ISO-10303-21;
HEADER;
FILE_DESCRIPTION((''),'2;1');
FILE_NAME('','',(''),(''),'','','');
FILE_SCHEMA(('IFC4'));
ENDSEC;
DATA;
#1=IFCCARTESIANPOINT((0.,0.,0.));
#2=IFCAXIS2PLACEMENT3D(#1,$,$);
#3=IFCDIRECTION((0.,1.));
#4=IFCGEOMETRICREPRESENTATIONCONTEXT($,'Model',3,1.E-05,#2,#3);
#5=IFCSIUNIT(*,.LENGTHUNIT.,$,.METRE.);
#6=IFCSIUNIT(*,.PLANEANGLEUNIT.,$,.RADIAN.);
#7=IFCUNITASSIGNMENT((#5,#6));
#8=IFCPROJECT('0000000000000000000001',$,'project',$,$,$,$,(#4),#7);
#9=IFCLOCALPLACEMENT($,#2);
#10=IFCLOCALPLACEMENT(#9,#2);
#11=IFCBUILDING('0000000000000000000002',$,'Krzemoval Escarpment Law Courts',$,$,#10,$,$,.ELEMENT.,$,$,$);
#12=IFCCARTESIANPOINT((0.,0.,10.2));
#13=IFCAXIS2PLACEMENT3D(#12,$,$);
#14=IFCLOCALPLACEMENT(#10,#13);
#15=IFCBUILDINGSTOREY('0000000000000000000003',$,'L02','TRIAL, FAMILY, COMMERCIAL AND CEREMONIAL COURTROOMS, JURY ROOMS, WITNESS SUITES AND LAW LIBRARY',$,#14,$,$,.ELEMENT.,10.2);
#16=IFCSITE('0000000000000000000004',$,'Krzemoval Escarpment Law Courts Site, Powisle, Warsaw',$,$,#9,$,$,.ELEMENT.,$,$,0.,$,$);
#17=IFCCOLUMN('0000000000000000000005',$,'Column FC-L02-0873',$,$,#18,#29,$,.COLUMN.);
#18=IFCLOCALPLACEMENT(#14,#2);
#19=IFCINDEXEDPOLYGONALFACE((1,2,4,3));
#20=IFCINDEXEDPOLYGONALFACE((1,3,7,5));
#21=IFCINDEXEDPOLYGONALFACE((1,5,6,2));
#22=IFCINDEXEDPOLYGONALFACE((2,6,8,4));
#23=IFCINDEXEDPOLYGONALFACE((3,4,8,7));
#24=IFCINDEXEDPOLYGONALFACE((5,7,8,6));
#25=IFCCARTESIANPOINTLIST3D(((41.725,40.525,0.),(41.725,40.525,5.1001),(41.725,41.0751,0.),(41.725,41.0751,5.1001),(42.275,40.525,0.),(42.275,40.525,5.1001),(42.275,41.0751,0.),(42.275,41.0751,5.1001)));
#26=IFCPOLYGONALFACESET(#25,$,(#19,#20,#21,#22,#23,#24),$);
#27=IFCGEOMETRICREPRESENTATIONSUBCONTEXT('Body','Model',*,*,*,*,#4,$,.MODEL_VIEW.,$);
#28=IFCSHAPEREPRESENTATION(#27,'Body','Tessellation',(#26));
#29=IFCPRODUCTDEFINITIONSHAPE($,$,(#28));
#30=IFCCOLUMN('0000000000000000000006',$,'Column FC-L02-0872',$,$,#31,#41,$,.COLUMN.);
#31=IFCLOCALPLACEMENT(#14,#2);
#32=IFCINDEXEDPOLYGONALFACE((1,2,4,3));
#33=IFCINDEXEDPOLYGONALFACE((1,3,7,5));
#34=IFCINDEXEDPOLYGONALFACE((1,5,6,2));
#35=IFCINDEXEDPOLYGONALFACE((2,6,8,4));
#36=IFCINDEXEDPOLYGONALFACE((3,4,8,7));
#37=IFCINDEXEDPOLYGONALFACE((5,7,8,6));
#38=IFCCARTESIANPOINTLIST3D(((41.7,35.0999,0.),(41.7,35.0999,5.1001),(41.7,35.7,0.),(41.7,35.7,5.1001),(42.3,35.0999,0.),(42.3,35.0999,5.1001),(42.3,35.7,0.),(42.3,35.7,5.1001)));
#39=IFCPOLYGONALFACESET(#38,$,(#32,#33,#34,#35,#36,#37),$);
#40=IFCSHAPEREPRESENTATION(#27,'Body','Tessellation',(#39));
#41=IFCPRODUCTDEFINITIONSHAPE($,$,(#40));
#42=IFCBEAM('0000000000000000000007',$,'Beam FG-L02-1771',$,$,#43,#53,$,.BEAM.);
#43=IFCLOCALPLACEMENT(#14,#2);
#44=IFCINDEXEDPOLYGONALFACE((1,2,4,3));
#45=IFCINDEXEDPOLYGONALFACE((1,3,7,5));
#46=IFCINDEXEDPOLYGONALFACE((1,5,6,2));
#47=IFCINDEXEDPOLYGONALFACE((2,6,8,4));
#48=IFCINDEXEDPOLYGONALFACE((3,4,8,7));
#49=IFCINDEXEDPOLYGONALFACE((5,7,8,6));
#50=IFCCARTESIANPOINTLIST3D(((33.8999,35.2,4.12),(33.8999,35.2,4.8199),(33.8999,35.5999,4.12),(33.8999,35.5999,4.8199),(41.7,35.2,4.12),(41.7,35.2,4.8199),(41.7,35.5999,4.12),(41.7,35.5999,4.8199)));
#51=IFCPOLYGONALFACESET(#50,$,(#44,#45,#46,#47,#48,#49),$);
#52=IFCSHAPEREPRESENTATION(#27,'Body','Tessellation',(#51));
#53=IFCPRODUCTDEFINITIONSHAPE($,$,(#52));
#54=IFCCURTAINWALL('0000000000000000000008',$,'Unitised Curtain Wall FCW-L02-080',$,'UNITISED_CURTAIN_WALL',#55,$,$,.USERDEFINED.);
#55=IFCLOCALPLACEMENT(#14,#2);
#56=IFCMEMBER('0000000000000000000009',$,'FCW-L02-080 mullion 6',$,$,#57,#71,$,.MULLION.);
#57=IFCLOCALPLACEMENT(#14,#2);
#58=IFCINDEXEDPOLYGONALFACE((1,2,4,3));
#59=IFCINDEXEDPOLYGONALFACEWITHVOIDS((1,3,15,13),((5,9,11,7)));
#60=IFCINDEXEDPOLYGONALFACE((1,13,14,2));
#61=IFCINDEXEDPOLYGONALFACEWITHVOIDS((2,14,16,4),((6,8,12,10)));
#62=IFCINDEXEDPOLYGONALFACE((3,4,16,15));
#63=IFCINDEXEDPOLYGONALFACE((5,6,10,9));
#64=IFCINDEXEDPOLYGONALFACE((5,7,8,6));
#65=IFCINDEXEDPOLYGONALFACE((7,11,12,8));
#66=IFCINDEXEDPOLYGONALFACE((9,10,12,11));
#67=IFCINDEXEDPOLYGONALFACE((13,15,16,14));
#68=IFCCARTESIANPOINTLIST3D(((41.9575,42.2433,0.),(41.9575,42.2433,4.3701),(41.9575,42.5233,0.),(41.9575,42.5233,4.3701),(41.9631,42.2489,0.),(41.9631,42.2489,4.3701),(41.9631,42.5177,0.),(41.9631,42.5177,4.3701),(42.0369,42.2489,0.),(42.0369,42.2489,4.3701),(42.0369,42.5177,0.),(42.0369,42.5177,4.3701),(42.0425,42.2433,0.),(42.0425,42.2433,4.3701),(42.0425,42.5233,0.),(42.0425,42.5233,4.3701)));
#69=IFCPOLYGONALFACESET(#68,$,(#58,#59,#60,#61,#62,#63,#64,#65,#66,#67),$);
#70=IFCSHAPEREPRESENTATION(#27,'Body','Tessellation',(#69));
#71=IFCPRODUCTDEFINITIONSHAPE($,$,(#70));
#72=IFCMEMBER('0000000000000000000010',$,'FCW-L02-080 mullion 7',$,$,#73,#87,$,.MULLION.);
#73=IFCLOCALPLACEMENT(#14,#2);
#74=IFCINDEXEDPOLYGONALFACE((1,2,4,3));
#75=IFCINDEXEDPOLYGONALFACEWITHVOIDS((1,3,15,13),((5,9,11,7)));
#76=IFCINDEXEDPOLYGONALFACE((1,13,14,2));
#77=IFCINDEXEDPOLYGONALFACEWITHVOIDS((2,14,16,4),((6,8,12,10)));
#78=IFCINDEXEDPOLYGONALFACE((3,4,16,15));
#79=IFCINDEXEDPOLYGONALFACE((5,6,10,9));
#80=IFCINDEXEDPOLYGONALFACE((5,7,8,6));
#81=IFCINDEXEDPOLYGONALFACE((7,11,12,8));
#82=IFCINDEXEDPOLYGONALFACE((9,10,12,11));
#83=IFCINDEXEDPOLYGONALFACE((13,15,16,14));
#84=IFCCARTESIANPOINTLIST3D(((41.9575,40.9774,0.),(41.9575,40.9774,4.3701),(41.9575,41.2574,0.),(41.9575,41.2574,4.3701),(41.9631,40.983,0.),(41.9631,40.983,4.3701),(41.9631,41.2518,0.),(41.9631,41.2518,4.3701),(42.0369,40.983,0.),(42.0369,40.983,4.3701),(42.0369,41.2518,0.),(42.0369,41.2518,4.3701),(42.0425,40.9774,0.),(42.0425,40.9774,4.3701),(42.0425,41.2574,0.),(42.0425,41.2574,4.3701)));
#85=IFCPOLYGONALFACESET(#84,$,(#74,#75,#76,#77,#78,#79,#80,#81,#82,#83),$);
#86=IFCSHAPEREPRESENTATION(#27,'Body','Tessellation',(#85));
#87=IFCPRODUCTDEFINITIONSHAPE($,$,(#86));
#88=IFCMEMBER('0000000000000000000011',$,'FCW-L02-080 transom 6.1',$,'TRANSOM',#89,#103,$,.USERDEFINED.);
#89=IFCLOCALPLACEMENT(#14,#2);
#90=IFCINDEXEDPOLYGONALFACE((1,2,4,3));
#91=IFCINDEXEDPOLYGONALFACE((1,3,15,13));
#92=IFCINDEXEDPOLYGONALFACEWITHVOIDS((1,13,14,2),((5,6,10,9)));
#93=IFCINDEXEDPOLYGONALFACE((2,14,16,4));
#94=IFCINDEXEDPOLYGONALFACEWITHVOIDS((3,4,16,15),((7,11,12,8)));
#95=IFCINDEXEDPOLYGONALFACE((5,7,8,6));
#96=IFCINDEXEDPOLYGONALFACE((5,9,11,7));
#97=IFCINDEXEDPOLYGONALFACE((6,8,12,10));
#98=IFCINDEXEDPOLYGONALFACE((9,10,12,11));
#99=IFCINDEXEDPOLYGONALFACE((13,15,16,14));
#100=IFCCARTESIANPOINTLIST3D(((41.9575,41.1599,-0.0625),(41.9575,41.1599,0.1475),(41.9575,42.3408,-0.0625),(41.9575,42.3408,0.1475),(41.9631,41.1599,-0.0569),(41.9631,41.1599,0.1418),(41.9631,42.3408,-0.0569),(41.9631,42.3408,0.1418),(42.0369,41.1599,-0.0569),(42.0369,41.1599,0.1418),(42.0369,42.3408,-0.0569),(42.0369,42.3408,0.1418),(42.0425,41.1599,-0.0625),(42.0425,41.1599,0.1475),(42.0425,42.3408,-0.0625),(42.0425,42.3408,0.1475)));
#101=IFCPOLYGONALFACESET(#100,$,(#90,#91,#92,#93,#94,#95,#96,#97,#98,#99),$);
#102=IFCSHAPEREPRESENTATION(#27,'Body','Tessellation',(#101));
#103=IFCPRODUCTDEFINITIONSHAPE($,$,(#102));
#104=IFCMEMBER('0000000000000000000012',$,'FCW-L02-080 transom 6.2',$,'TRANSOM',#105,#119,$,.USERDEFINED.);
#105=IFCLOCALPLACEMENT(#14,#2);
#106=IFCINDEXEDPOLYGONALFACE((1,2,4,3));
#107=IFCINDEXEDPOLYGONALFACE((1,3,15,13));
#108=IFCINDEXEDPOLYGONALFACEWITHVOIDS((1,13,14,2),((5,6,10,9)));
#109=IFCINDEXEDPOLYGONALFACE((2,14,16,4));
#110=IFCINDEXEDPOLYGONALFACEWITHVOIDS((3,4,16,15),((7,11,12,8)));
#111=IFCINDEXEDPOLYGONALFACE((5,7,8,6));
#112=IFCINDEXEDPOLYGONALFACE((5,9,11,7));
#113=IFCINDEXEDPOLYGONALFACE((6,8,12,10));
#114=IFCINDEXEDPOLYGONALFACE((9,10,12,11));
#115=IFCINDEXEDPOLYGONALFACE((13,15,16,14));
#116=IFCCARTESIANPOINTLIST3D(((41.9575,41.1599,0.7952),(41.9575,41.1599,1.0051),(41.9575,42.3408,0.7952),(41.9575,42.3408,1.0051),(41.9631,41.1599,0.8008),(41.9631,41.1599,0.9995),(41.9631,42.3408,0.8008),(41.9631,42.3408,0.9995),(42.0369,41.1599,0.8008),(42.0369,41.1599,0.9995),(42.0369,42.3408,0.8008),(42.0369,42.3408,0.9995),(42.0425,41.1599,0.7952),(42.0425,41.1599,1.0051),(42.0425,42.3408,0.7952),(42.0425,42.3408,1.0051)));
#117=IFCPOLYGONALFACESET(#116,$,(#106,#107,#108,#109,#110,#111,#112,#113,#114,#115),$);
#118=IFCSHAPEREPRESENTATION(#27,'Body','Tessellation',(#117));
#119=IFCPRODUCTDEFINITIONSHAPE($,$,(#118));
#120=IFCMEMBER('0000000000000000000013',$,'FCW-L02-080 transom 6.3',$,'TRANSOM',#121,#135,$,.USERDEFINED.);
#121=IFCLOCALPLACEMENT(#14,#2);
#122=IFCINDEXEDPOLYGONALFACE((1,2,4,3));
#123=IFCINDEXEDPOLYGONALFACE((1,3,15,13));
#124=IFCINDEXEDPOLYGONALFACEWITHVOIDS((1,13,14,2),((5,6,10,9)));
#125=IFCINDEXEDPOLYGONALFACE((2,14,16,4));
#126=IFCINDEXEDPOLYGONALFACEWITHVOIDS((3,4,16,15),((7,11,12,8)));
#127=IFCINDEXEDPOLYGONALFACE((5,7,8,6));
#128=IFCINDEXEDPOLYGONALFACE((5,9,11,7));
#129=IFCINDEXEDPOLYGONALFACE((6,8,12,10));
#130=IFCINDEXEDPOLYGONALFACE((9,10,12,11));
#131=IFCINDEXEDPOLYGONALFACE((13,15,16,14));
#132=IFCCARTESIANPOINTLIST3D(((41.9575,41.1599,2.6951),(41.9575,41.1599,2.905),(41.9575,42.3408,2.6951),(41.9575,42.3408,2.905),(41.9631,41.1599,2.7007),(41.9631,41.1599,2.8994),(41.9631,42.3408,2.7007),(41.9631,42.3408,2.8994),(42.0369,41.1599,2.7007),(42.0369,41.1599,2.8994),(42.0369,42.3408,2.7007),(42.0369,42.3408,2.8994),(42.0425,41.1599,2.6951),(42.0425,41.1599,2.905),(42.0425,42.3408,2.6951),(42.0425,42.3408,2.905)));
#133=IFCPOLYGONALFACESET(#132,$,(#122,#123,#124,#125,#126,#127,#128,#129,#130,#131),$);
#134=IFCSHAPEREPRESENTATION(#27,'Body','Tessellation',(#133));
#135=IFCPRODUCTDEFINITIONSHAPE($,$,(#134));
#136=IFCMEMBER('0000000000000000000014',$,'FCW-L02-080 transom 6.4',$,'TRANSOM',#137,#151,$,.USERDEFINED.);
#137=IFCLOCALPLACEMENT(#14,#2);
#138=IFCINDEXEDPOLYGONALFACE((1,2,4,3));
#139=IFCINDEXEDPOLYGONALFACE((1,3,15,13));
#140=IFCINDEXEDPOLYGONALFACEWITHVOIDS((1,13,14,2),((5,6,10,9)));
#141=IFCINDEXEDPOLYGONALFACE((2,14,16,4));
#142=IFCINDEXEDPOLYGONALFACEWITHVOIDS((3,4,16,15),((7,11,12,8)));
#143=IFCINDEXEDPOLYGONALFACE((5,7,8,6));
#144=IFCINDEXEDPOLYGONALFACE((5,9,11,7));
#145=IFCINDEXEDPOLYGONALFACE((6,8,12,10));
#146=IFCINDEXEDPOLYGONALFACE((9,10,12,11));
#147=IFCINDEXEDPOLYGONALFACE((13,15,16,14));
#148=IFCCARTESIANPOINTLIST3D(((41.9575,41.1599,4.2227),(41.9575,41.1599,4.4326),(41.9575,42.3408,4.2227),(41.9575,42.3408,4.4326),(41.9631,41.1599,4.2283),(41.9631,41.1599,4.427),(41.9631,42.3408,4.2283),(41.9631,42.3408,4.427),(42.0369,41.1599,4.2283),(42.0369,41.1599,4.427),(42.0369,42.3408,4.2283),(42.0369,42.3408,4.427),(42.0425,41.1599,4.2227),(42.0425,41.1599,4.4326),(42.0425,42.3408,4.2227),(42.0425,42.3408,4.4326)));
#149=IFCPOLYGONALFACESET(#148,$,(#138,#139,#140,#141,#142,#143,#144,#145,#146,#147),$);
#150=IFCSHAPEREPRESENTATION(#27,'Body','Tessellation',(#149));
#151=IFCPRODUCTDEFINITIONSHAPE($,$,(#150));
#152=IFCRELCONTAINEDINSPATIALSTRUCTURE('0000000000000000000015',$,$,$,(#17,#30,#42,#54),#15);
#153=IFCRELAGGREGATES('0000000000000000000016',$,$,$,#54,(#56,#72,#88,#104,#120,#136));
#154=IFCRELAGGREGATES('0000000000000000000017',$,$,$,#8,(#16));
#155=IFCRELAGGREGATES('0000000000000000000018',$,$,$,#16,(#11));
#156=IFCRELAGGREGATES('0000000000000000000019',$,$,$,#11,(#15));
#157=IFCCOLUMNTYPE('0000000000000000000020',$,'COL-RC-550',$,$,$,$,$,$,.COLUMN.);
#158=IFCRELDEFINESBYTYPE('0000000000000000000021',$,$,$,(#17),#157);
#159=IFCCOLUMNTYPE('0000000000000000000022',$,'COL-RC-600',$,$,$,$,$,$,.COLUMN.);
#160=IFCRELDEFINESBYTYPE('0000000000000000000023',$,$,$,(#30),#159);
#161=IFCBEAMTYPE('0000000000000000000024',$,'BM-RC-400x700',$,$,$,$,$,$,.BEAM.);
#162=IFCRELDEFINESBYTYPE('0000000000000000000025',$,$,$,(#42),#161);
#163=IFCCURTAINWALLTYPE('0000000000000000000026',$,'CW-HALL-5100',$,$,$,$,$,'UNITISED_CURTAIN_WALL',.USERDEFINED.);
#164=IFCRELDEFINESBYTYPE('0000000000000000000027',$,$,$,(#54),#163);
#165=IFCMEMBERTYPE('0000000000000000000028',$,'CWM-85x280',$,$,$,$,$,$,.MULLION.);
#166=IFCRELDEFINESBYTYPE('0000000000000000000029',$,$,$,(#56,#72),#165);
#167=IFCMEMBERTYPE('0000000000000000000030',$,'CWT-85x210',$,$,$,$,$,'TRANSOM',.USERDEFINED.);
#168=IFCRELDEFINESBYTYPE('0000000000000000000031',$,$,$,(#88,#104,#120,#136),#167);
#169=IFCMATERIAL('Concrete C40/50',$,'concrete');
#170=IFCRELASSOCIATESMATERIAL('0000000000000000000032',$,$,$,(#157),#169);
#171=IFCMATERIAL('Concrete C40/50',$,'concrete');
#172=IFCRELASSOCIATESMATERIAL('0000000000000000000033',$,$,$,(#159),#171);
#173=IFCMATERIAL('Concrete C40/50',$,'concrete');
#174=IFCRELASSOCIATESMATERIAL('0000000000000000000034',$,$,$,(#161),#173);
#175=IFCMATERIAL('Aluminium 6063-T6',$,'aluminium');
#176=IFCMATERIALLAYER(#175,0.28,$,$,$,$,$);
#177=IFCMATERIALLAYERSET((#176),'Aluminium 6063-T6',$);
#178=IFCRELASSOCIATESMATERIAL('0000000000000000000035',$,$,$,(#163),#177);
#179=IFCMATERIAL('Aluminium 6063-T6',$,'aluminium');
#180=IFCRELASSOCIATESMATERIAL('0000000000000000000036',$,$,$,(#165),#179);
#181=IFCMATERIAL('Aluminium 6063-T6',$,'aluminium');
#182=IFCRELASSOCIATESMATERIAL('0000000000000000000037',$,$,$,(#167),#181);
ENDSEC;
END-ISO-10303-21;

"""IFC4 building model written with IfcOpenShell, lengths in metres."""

from ifc_helpers import new_model, si_unit, direction, frame, origin, origin_2d, place, context, subcontext, project, spatial, rectangle, hollow_rectangle, extrude, material, layer, layer_set, material_profile, profile_set, type_object, element, aggregate, save


model = new_model("IFC4")

# Units and contexts
model_context = context("Model", 3, precision=1e-05, world=origin(), true_north=direction((0.0, 1.0)))
body_context = subcontext(model_context, "Body", "Model", "MODEL_VIEW")
ifc_project = project(units=[si_unit("LENGTHUNIT", "METRE"), si_unit("PLANEANGLEUNIT", "RADIAN")], contexts=[model_context])

# Site, building, storey
site_placement = place(None, origin())
site = spatial("IfcSite", under=ifc_project, at=site_placement, Name="Krzemoval Escarpment Law Courts Site, Powisle, Warsaw", CompositionType="ELEMENT", RefElevation=0.0)
building_placement = place(site_placement, origin())
building = spatial("IfcBuilding", under=site, at=building_placement, Name="Krzemoval Escarpment Law Courts", CompositionType="ELEMENT")
storey_placement = place(building_placement, frame((0.0, 0.0, 10.2)))
storey = spatial("IfcBuildingStorey", under=building, at=storey_placement, Name="L02", Description="TRIAL, FAMILY, COMMERCIAL AND CEREMONIAL COURTROOMS, JURY ROOMS, WITNESS SUITES AND LAW LIBRARY", CompositionType="ELEMENT", Elevation=10.2)

# Columns
ifc_material_1 = material(Name="Concrete C40/50", Category="concrete")
ifc_material_profile_1 = material_profile(ifc_material_1, rectangle(XDim=0.55, YDim=0.55, at=origin_2d()), Name="RC 550x550")
ifc_profile_set_1 = profile_set([ifc_material_profile_1], Name="Concrete C40/50")
column_type_1 = type_object("IfcColumnType", Name="COL-RC-550", PredefinedType="COLUMN", material=ifc_profile_set_1)
column_1_placement = place(storey_placement, frame((42.0, 40.8, 0.0), z_axis=(0.0, 0.0, 1.0), x_axis=(1.0, 0.0, 0.0)))
element("IfcColumn", 1, at=column_1_placement, inside=storey, type_object=column_type_1, Name="Column FC-L02-0873", PredefinedType="COLUMN", context=body_context, shape_type="SweptSolid", body=[
    extrude(rectangle(XDim=0.55, YDim=0.55, at=origin_2d()), origin(), (0.0, 0.0, 1.0), 5.1001),
])
ifc_material_2 = material(Name="Concrete C40/50", Category="concrete")
ifc_material_profile_2 = material_profile(ifc_material_2, rectangle(XDim=0.6001, YDim=0.6001, at=origin_2d()), Name="RC 600x600")
ifc_profile_set_2 = profile_set([ifc_material_profile_2], Name="Concrete C40/50")
column_type_2 = type_object("IfcColumnType", Name="COL-RC-600", PredefinedType="COLUMN", material=ifc_profile_set_2)
column_2_placement = place(storey_placement, frame((42.0, 35.3999, 0.0), z_axis=(0.0, 0.0, 1.0), x_axis=(1.0, 0.0, 0.0)))
element("IfcColumn", 2, at=column_2_placement, inside=storey, type_object=column_type_2, Name="Column FC-L02-0872", PredefinedType="COLUMN", context=body_context, shape_type="SweptSolid", body=[
    extrude(rectangle(XDim=0.6001, YDim=0.6001, at=origin_2d()), origin(), (0.0, 0.0, 1.0), 5.1001),
])

# Beam
ifc_material_3 = material(Name="Concrete C40/50", Category="concrete")
ifc_material_profile_3 = material_profile(ifc_material_3, rectangle(XDim=0.3999, YDim=0.7, at=origin_2d()), Name="RCB 400x700")
ifc_profile_set_3 = profile_set([ifc_material_profile_3], Name="Concrete C40/50")
beam_type_1 = type_object("IfcBeamType", Name="BM-RC-400x700", PredefinedType="BEAM", material=ifc_profile_set_3)
beam_1_placement = place(storey_placement, frame((33.8999, 35.3999, 4.47), z_axis=(1.0, 0.0, 0.0), x_axis=(0.0, 1.0, 0.0)))
element("IfcBeam", 3, at=beam_1_placement, inside=storey, type_object=beam_type_1, Name="Beam FG-L02-1771", PredefinedType="BEAM", context=body_context, shape_type="SweptSolid", body=[
    extrude(rectangle(XDim=0.3999, YDim=0.7, at=origin_2d()), origin(), (0.0, 0.0, 1.0), 7.8),
])

# Curtain wall, members
ifc_material_4 = material(Name="Aluminium 6063-T6", Category="aluminium")
ifc_layer_1 = layer(ifc_material_4, 0.28)
ifc_layer_set_1 = layer_set([ifc_layer_1], Name="Aluminium 6063-T6")
curtain_wall_type = type_object("IfcCurtainWallType", Name="CW-HALL-5100", ElementType="UNITISED_CURTAIN_WALL", PredefinedType="USERDEFINED", material=ifc_layer_set_1)
curtain_wall_placement = place(storey_placement, origin())
curtain_wall = element("IfcCurtainWall", 4, at=curtain_wall_placement, inside=storey, type_object=curtain_wall_type, Name="Unitised Curtain Wall FCW-L02-080", ObjectType="UNITISED_CURTAIN_WALL", PredefinedType="USERDEFINED")
ifc_material_5 = material(Name="Aluminium 6063-T6", Category="aluminium")
ifc_material_profile_4 = material_profile(ifc_material_5, hollow_rectangle(XDim=0.085, YDim=0.28, WallThickness=0.0056, at=origin_2d()), Name="ALU M85x280")
ifc_profile_set_4 = profile_set([ifc_material_profile_4], Name="Aluminium 6063-T6")
member_type_1 = type_object("IfcMemberType", Name="CWM-85x280", PredefinedType="MULLION", material=ifc_profile_set_4)
member_1_placement = place(storey_placement, frame((42.0, 42.3833, 0.0), z_axis=(0.0, 0.0, 1.0), x_axis=(1.0, 0.0, 0.0)))
member_1 = element("IfcMember", 5, at=member_1_placement, type_object=member_type_1, Name="FCW-L02-080 mullion 6", PredefinedType="MULLION", context=body_context, shape_type="SweptSolid", body=[
    extrude(hollow_rectangle(XDim=0.085, YDim=0.28, WallThickness=0.0056, at=origin_2d()), origin(), (0.0, 0.0, 1.0), 4.3701),
])
member_2_placement = place(storey_placement, frame((42.0, 41.1174, 0.0), z_axis=(0.0, 0.0, 1.0), x_axis=(1.0, 0.0, 0.0)))
member_2 = element("IfcMember", 6, at=member_2_placement, type_object=member_type_1, Name="FCW-L02-080 mullion 7", PredefinedType="MULLION", context=body_context, shape_type="SweptSolid", body=[
    extrude(hollow_rectangle(XDim=0.085, YDim=0.28, WallThickness=0.0056, at=origin_2d()), origin(), (0.0, 0.0, 1.0), 4.3701),
])
ifc_material_6 = material(Name="Aluminium 6063-T6", Category="aluminium")
ifc_material_profile_5 = material_profile(ifc_material_6, hollow_rectangle(XDim=0.085, YDim=0.21, WallThickness=0.0056, at=origin_2d()), Name="ALU T85x210")
ifc_profile_set_5 = profile_set([ifc_material_profile_5], Name="Aluminium 6063-T6")
member_type_2 = type_object("IfcMemberType", Name="CWT-85x210", ElementType="TRANSOM", PredefinedType="USERDEFINED", material=ifc_profile_set_5)
member_3_placement = place(storey_placement, frame((42.0, 42.3408, 0.0425), z_axis=(0.0, -1.0, 0.0), x_axis=(1.0, 0.0, 0.0)))
member_3 = element("IfcMember", 7, at=member_3_placement, type_object=member_type_2, Name="FCW-L02-080 transom 6.1", ObjectType="TRANSOM", PredefinedType="USERDEFINED", context=body_context, shape_type="SweptSolid", body=[
    extrude(hollow_rectangle(XDim=0.085, YDim=0.21, WallThickness=0.0056, at=origin_2d()), origin(), (0.0, 0.0, 1.0), 1.1809),
])
member_4_placement = place(storey_placement, frame((42.0, 42.3408, 0.9001), z_axis=(0.0, -1.0, 0.0), x_axis=(1.0, 0.0, 0.0)))
member_4 = element("IfcMember", 8, at=member_4_placement, type_object=member_type_2, Name="FCW-L02-080 transom 6.2", ObjectType="TRANSOM", PredefinedType="USERDEFINED", context=body_context, shape_type="SweptSolid", body=[
    extrude(hollow_rectangle(XDim=0.085, YDim=0.21, WallThickness=0.0056, at=origin_2d()), origin(), (0.0, 0.0, 1.0), 1.1809),
])
member_5_placement = place(storey_placement, frame((42.0, 42.3408, 2.8), z_axis=(0.0, -1.0, 0.0), x_axis=(1.0, 0.0, 0.0)))
member_5 = element("IfcMember", 9, at=member_5_placement, type_object=member_type_2, Name="FCW-L02-080 transom 6.3", ObjectType="TRANSOM", PredefinedType="USERDEFINED", context=body_context, shape_type="SweptSolid", body=[
    extrude(hollow_rectangle(XDim=0.085, YDim=0.21, WallThickness=0.0056, at=origin_2d()), origin(), (0.0, 0.0, 1.0), 1.1809),
])
member_6_placement = place(storey_placement, frame((42.0, 42.3408, 4.3276), z_axis=(0.0, -1.0, 0.0), x_axis=(1.0, 0.0, 0.0)))
member_6 = element("IfcMember", 10, at=member_6_placement, type_object=member_type_2, Name="FCW-L02-080 transom 6.4", ObjectType="TRANSOM", PredefinedType="USERDEFINED", context=body_context, shape_type="SweptSolid", body=[
    extrude(hollow_rectangle(XDim=0.085, YDim=0.21, WallThickness=0.0056, at=origin_2d()), origin(), (0.0, 0.0, 1.0), 1.1809),
])

aggregate(curtain_wall, [member_1, member_2, member_3, member_4, member_5, member_6])

save(model, "model.ifc")
